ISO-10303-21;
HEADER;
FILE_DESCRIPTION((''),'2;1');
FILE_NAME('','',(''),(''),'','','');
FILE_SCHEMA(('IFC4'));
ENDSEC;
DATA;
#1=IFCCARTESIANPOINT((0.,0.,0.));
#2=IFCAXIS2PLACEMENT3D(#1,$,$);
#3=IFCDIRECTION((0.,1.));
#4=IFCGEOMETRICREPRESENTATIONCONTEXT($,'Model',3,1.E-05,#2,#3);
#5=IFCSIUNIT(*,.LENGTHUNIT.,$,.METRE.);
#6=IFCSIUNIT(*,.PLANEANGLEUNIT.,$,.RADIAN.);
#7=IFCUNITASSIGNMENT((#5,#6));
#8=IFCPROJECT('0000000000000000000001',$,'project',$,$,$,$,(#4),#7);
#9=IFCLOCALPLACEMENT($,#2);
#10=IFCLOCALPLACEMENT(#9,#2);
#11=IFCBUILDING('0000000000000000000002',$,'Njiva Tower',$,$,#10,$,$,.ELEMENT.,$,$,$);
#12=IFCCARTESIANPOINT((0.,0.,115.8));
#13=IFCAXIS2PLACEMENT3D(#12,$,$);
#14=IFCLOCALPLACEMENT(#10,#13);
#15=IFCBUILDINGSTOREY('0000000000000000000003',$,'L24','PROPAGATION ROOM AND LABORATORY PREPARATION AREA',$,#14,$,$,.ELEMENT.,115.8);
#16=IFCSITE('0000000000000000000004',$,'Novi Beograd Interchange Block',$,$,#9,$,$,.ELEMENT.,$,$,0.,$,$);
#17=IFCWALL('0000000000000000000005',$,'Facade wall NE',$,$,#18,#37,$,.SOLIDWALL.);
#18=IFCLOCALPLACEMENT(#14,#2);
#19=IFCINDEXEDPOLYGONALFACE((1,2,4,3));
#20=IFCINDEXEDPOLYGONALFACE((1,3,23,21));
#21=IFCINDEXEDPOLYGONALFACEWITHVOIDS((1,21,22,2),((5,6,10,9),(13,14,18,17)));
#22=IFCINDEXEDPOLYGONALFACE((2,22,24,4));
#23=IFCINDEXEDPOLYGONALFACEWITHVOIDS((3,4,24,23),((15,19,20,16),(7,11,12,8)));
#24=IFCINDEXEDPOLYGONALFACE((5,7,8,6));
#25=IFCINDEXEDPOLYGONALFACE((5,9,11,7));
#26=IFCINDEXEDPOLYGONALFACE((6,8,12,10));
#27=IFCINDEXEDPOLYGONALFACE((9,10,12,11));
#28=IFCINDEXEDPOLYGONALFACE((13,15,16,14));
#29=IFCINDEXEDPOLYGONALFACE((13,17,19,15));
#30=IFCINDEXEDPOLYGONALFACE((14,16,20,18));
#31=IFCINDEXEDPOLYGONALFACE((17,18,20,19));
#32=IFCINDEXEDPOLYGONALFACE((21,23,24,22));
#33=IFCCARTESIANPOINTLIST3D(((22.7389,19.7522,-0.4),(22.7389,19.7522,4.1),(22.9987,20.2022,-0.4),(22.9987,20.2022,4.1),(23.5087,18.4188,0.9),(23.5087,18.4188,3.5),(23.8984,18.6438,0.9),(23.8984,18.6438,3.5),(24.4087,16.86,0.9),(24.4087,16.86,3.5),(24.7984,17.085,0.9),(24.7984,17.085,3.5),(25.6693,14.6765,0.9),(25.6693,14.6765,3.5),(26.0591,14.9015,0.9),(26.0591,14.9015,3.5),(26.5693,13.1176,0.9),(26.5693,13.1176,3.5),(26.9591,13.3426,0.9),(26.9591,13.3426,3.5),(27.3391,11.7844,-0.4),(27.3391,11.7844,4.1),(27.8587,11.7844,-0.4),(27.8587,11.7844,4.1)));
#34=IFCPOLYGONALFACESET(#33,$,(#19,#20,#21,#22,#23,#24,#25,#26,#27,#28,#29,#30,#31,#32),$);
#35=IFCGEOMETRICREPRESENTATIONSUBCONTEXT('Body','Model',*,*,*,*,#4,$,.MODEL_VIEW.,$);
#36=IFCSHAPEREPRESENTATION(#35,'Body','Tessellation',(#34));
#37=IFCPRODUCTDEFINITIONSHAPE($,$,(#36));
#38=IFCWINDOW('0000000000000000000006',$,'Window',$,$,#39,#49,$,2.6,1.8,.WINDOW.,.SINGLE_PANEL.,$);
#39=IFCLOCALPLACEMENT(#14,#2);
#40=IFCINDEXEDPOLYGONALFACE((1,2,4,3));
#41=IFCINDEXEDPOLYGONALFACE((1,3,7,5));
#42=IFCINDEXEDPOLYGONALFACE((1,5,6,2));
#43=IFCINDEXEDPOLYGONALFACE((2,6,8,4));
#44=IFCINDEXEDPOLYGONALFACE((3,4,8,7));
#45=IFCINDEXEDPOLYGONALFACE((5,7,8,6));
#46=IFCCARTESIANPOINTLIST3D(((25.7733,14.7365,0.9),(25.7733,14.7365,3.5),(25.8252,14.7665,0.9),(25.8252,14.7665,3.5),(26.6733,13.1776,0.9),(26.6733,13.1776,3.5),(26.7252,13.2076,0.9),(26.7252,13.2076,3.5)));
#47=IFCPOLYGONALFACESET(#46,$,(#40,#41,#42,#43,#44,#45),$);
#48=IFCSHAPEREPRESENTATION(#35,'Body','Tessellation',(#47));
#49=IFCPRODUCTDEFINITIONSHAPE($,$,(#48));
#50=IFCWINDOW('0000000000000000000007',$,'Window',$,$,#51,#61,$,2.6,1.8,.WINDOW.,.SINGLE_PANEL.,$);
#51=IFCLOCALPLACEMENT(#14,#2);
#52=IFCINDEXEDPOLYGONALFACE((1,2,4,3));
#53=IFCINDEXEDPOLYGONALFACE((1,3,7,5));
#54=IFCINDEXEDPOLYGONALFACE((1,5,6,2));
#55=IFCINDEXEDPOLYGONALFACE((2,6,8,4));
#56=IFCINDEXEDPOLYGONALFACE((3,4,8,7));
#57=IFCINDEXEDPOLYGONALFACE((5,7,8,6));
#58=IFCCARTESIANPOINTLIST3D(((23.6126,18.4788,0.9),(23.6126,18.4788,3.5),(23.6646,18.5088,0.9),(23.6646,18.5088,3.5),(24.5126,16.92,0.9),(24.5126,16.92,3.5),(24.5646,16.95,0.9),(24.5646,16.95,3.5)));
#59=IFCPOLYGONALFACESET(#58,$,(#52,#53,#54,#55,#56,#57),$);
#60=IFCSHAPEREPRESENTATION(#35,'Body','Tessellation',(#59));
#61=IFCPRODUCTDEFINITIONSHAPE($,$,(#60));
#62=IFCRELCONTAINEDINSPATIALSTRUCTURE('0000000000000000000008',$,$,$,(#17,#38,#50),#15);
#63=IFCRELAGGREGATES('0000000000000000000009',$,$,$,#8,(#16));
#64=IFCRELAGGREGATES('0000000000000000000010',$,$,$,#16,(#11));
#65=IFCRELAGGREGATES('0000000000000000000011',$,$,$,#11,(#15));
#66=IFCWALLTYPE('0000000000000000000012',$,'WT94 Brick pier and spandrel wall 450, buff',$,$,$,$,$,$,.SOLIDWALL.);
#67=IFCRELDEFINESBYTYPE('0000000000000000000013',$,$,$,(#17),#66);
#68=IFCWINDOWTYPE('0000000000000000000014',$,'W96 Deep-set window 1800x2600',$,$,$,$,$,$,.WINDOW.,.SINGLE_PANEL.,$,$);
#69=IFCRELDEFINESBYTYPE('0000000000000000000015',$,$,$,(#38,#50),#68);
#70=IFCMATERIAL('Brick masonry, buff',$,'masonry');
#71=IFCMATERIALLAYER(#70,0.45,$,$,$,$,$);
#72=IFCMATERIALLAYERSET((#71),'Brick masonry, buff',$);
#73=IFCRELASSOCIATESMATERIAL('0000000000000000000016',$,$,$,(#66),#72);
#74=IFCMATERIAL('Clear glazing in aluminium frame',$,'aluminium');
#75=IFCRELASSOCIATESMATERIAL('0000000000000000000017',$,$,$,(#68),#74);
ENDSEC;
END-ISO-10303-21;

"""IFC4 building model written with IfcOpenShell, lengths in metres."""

from ifc_helpers import new_model, si_unit, direction, frame, frame_2d, origin, place, context, subcontext, project, spatial, polyline, rectangle, outline, extrude, material, layer, layer_set, type_object, element, fill, save


model = new_model("IFC4")

# Units and contexts
model_context = context("Model", 3, precision=1e-05, world=origin(), true_north=direction((0.0, 1.0)))
body_context = subcontext(model_context, "Body", "Model", "MODEL_VIEW")
ifc_project = project(units=[si_unit("LENGTHUNIT", "METRE"), si_unit("PLANEANGLEUNIT", "RADIAN")], contexts=[model_context])

# Site, building, storey
site_placement = place(None, origin())
site = spatial("IfcSite", under=ifc_project, at=site_placement, Name="Novi Beograd Interchange Block", CompositionType="ELEMENT", RefElevation=0.0)
building_placement = place(site_placement, origin())
building = spatial("IfcBuilding", under=site, at=building_placement, Name="Njiva Tower", CompositionType="ELEMENT")
storey_placement = place(building_placement, frame((0.0, 0.0, 115.8)))
storey = spatial("IfcBuildingStorey", under=building, at=storey_placement, Name="L24", Description="PROPAGATION ROOM AND LABORATORY PREPARATION AREA", CompositionType="ELEMENT", Elevation=115.8)

# Wall, openings, windows
ifc_material_1 = material(Name="Clear glazing in aluminium frame", Category="aluminium")
ifc_material_2 = material(Name="Brick masonry, buff", Category="masonry")
ifc_layer_1 = layer(ifc_material_2, 0.45)
ifc_layer_set_1 = layer_set([ifc_layer_1], Name="Brick masonry, buff")
wall_type_1 = type_object("IfcWallType", Name="WT94 Brick pier and spandrel wall 450, buff", PredefinedType="SOLIDWALL", material=ifc_layer_set_1)
wall_1_placement = place(storey_placement, frame((27.5989, 11.7844, -0.4), z_axis=(0.0, 0.0, 1.0), x_axis=(-0.499999, 0.866026, 0.0)))
wall_1 = element("IfcWall", 1, at=wall_1_placement, inside=storey, type_object=wall_type_1, Name="Facade wall NE", PredefinedType="SOLIDWALL", context=body_context, shape_type="SweptSolid", body=[
    extrude(outline(polyline([(-0.1299, -0.225), (9.5901, -0.225), (9.3303, 0.225), (0.1299, 0.225), (-0.1299, -0.225)])), origin(), (0.0, 0.0, 1.0), 4.5),
])
opening_1_placement = place(wall_1_placement, frame((1.6694, 0.0, 1.3)))
opening_1 = element("IfcOpeningElement", 2, at=opening_1_placement, cuts=wall_1, PredefinedType="OPENING", context=body_context, shape_type="SweptSolid", body=[
    extrude(rectangle(XDim=1.8, YDim=2.6, at=frame_2d((0.9, 1.3))), frame((0.0, 0.235, 0.0), z_axis=(0.0, -1.0, 0.0), x_axis=(1.0, 0.0, 0.0)), (0.0, 0.0, 1.0), 0.47),
])
opening_2_placement = place(wall_1_placement, frame((5.9907, 0.0, 1.3)))
opening_2 = element("IfcOpeningElement", 3, at=opening_2_placement, cuts=wall_1, PredefinedType="OPENING", context=body_context, shape_type="SweptSolid", body=[
    extrude(rectangle(XDim=1.8, YDim=2.6, at=frame_2d((0.9, 1.3))), frame((0.0, 0.235, 0.0), z_axis=(0.0, -1.0, 0.0), x_axis=(1.0, 0.0, 0.0)), (0.0, 0.0, 1.0), 0.47),
])
window_type_1 = type_object("IfcWindowType", Name="W96 Deep-set window 1800x2600", PartitioningType="SINGLE_PANEL", PredefinedType="WINDOW", material=ifc_material_1)
window_1_placement = place(opening_1_placement, origin())
window_1 = element("IfcWindow", 4, at=window_1_placement, inside=storey, type_object=window_type_1, Name="Window", OverallHeight=2.6, OverallWidth=1.8, PartitioningType="SINGLE_PANEL", PredefinedType="WINDOW", context=body_context, shape_type="SweptSolid", body=[
    extrude(rectangle(XDim=1.8, YDim=2.6, at=frame_2d((0.9, 1.3))), frame((0.0, 0.105, 0.0), z_axis=(0.0, -1.0, 0.0), x_axis=(1.0, 0.0, 0.0)), (0.0, 0.0, 1.0), 0.06),
])
fill(opening_1, window_1)
window_2_placement = place(opening_2_placement, origin())
window_2 = element("IfcWindow", 5, at=window_2_placement, inside=storey, type_object=window_type_1, Name="Window", OverallHeight=2.6, OverallWidth=1.8, PartitioningType="SINGLE_PANEL", PredefinedType="WINDOW", context=body_context, shape_type="SweptSolid", body=[
    extrude(rectangle(XDim=1.8, YDim=2.6, at=frame_2d((0.9, 1.3))), frame((0.0, 0.105, 0.0), z_axis=(0.0, -1.0, 0.0), x_axis=(1.0, 0.0, 0.0)), (0.0, 0.0, 1.0), 0.06),
])
fill(opening_2, window_2)

save(model, "model.ifc")
